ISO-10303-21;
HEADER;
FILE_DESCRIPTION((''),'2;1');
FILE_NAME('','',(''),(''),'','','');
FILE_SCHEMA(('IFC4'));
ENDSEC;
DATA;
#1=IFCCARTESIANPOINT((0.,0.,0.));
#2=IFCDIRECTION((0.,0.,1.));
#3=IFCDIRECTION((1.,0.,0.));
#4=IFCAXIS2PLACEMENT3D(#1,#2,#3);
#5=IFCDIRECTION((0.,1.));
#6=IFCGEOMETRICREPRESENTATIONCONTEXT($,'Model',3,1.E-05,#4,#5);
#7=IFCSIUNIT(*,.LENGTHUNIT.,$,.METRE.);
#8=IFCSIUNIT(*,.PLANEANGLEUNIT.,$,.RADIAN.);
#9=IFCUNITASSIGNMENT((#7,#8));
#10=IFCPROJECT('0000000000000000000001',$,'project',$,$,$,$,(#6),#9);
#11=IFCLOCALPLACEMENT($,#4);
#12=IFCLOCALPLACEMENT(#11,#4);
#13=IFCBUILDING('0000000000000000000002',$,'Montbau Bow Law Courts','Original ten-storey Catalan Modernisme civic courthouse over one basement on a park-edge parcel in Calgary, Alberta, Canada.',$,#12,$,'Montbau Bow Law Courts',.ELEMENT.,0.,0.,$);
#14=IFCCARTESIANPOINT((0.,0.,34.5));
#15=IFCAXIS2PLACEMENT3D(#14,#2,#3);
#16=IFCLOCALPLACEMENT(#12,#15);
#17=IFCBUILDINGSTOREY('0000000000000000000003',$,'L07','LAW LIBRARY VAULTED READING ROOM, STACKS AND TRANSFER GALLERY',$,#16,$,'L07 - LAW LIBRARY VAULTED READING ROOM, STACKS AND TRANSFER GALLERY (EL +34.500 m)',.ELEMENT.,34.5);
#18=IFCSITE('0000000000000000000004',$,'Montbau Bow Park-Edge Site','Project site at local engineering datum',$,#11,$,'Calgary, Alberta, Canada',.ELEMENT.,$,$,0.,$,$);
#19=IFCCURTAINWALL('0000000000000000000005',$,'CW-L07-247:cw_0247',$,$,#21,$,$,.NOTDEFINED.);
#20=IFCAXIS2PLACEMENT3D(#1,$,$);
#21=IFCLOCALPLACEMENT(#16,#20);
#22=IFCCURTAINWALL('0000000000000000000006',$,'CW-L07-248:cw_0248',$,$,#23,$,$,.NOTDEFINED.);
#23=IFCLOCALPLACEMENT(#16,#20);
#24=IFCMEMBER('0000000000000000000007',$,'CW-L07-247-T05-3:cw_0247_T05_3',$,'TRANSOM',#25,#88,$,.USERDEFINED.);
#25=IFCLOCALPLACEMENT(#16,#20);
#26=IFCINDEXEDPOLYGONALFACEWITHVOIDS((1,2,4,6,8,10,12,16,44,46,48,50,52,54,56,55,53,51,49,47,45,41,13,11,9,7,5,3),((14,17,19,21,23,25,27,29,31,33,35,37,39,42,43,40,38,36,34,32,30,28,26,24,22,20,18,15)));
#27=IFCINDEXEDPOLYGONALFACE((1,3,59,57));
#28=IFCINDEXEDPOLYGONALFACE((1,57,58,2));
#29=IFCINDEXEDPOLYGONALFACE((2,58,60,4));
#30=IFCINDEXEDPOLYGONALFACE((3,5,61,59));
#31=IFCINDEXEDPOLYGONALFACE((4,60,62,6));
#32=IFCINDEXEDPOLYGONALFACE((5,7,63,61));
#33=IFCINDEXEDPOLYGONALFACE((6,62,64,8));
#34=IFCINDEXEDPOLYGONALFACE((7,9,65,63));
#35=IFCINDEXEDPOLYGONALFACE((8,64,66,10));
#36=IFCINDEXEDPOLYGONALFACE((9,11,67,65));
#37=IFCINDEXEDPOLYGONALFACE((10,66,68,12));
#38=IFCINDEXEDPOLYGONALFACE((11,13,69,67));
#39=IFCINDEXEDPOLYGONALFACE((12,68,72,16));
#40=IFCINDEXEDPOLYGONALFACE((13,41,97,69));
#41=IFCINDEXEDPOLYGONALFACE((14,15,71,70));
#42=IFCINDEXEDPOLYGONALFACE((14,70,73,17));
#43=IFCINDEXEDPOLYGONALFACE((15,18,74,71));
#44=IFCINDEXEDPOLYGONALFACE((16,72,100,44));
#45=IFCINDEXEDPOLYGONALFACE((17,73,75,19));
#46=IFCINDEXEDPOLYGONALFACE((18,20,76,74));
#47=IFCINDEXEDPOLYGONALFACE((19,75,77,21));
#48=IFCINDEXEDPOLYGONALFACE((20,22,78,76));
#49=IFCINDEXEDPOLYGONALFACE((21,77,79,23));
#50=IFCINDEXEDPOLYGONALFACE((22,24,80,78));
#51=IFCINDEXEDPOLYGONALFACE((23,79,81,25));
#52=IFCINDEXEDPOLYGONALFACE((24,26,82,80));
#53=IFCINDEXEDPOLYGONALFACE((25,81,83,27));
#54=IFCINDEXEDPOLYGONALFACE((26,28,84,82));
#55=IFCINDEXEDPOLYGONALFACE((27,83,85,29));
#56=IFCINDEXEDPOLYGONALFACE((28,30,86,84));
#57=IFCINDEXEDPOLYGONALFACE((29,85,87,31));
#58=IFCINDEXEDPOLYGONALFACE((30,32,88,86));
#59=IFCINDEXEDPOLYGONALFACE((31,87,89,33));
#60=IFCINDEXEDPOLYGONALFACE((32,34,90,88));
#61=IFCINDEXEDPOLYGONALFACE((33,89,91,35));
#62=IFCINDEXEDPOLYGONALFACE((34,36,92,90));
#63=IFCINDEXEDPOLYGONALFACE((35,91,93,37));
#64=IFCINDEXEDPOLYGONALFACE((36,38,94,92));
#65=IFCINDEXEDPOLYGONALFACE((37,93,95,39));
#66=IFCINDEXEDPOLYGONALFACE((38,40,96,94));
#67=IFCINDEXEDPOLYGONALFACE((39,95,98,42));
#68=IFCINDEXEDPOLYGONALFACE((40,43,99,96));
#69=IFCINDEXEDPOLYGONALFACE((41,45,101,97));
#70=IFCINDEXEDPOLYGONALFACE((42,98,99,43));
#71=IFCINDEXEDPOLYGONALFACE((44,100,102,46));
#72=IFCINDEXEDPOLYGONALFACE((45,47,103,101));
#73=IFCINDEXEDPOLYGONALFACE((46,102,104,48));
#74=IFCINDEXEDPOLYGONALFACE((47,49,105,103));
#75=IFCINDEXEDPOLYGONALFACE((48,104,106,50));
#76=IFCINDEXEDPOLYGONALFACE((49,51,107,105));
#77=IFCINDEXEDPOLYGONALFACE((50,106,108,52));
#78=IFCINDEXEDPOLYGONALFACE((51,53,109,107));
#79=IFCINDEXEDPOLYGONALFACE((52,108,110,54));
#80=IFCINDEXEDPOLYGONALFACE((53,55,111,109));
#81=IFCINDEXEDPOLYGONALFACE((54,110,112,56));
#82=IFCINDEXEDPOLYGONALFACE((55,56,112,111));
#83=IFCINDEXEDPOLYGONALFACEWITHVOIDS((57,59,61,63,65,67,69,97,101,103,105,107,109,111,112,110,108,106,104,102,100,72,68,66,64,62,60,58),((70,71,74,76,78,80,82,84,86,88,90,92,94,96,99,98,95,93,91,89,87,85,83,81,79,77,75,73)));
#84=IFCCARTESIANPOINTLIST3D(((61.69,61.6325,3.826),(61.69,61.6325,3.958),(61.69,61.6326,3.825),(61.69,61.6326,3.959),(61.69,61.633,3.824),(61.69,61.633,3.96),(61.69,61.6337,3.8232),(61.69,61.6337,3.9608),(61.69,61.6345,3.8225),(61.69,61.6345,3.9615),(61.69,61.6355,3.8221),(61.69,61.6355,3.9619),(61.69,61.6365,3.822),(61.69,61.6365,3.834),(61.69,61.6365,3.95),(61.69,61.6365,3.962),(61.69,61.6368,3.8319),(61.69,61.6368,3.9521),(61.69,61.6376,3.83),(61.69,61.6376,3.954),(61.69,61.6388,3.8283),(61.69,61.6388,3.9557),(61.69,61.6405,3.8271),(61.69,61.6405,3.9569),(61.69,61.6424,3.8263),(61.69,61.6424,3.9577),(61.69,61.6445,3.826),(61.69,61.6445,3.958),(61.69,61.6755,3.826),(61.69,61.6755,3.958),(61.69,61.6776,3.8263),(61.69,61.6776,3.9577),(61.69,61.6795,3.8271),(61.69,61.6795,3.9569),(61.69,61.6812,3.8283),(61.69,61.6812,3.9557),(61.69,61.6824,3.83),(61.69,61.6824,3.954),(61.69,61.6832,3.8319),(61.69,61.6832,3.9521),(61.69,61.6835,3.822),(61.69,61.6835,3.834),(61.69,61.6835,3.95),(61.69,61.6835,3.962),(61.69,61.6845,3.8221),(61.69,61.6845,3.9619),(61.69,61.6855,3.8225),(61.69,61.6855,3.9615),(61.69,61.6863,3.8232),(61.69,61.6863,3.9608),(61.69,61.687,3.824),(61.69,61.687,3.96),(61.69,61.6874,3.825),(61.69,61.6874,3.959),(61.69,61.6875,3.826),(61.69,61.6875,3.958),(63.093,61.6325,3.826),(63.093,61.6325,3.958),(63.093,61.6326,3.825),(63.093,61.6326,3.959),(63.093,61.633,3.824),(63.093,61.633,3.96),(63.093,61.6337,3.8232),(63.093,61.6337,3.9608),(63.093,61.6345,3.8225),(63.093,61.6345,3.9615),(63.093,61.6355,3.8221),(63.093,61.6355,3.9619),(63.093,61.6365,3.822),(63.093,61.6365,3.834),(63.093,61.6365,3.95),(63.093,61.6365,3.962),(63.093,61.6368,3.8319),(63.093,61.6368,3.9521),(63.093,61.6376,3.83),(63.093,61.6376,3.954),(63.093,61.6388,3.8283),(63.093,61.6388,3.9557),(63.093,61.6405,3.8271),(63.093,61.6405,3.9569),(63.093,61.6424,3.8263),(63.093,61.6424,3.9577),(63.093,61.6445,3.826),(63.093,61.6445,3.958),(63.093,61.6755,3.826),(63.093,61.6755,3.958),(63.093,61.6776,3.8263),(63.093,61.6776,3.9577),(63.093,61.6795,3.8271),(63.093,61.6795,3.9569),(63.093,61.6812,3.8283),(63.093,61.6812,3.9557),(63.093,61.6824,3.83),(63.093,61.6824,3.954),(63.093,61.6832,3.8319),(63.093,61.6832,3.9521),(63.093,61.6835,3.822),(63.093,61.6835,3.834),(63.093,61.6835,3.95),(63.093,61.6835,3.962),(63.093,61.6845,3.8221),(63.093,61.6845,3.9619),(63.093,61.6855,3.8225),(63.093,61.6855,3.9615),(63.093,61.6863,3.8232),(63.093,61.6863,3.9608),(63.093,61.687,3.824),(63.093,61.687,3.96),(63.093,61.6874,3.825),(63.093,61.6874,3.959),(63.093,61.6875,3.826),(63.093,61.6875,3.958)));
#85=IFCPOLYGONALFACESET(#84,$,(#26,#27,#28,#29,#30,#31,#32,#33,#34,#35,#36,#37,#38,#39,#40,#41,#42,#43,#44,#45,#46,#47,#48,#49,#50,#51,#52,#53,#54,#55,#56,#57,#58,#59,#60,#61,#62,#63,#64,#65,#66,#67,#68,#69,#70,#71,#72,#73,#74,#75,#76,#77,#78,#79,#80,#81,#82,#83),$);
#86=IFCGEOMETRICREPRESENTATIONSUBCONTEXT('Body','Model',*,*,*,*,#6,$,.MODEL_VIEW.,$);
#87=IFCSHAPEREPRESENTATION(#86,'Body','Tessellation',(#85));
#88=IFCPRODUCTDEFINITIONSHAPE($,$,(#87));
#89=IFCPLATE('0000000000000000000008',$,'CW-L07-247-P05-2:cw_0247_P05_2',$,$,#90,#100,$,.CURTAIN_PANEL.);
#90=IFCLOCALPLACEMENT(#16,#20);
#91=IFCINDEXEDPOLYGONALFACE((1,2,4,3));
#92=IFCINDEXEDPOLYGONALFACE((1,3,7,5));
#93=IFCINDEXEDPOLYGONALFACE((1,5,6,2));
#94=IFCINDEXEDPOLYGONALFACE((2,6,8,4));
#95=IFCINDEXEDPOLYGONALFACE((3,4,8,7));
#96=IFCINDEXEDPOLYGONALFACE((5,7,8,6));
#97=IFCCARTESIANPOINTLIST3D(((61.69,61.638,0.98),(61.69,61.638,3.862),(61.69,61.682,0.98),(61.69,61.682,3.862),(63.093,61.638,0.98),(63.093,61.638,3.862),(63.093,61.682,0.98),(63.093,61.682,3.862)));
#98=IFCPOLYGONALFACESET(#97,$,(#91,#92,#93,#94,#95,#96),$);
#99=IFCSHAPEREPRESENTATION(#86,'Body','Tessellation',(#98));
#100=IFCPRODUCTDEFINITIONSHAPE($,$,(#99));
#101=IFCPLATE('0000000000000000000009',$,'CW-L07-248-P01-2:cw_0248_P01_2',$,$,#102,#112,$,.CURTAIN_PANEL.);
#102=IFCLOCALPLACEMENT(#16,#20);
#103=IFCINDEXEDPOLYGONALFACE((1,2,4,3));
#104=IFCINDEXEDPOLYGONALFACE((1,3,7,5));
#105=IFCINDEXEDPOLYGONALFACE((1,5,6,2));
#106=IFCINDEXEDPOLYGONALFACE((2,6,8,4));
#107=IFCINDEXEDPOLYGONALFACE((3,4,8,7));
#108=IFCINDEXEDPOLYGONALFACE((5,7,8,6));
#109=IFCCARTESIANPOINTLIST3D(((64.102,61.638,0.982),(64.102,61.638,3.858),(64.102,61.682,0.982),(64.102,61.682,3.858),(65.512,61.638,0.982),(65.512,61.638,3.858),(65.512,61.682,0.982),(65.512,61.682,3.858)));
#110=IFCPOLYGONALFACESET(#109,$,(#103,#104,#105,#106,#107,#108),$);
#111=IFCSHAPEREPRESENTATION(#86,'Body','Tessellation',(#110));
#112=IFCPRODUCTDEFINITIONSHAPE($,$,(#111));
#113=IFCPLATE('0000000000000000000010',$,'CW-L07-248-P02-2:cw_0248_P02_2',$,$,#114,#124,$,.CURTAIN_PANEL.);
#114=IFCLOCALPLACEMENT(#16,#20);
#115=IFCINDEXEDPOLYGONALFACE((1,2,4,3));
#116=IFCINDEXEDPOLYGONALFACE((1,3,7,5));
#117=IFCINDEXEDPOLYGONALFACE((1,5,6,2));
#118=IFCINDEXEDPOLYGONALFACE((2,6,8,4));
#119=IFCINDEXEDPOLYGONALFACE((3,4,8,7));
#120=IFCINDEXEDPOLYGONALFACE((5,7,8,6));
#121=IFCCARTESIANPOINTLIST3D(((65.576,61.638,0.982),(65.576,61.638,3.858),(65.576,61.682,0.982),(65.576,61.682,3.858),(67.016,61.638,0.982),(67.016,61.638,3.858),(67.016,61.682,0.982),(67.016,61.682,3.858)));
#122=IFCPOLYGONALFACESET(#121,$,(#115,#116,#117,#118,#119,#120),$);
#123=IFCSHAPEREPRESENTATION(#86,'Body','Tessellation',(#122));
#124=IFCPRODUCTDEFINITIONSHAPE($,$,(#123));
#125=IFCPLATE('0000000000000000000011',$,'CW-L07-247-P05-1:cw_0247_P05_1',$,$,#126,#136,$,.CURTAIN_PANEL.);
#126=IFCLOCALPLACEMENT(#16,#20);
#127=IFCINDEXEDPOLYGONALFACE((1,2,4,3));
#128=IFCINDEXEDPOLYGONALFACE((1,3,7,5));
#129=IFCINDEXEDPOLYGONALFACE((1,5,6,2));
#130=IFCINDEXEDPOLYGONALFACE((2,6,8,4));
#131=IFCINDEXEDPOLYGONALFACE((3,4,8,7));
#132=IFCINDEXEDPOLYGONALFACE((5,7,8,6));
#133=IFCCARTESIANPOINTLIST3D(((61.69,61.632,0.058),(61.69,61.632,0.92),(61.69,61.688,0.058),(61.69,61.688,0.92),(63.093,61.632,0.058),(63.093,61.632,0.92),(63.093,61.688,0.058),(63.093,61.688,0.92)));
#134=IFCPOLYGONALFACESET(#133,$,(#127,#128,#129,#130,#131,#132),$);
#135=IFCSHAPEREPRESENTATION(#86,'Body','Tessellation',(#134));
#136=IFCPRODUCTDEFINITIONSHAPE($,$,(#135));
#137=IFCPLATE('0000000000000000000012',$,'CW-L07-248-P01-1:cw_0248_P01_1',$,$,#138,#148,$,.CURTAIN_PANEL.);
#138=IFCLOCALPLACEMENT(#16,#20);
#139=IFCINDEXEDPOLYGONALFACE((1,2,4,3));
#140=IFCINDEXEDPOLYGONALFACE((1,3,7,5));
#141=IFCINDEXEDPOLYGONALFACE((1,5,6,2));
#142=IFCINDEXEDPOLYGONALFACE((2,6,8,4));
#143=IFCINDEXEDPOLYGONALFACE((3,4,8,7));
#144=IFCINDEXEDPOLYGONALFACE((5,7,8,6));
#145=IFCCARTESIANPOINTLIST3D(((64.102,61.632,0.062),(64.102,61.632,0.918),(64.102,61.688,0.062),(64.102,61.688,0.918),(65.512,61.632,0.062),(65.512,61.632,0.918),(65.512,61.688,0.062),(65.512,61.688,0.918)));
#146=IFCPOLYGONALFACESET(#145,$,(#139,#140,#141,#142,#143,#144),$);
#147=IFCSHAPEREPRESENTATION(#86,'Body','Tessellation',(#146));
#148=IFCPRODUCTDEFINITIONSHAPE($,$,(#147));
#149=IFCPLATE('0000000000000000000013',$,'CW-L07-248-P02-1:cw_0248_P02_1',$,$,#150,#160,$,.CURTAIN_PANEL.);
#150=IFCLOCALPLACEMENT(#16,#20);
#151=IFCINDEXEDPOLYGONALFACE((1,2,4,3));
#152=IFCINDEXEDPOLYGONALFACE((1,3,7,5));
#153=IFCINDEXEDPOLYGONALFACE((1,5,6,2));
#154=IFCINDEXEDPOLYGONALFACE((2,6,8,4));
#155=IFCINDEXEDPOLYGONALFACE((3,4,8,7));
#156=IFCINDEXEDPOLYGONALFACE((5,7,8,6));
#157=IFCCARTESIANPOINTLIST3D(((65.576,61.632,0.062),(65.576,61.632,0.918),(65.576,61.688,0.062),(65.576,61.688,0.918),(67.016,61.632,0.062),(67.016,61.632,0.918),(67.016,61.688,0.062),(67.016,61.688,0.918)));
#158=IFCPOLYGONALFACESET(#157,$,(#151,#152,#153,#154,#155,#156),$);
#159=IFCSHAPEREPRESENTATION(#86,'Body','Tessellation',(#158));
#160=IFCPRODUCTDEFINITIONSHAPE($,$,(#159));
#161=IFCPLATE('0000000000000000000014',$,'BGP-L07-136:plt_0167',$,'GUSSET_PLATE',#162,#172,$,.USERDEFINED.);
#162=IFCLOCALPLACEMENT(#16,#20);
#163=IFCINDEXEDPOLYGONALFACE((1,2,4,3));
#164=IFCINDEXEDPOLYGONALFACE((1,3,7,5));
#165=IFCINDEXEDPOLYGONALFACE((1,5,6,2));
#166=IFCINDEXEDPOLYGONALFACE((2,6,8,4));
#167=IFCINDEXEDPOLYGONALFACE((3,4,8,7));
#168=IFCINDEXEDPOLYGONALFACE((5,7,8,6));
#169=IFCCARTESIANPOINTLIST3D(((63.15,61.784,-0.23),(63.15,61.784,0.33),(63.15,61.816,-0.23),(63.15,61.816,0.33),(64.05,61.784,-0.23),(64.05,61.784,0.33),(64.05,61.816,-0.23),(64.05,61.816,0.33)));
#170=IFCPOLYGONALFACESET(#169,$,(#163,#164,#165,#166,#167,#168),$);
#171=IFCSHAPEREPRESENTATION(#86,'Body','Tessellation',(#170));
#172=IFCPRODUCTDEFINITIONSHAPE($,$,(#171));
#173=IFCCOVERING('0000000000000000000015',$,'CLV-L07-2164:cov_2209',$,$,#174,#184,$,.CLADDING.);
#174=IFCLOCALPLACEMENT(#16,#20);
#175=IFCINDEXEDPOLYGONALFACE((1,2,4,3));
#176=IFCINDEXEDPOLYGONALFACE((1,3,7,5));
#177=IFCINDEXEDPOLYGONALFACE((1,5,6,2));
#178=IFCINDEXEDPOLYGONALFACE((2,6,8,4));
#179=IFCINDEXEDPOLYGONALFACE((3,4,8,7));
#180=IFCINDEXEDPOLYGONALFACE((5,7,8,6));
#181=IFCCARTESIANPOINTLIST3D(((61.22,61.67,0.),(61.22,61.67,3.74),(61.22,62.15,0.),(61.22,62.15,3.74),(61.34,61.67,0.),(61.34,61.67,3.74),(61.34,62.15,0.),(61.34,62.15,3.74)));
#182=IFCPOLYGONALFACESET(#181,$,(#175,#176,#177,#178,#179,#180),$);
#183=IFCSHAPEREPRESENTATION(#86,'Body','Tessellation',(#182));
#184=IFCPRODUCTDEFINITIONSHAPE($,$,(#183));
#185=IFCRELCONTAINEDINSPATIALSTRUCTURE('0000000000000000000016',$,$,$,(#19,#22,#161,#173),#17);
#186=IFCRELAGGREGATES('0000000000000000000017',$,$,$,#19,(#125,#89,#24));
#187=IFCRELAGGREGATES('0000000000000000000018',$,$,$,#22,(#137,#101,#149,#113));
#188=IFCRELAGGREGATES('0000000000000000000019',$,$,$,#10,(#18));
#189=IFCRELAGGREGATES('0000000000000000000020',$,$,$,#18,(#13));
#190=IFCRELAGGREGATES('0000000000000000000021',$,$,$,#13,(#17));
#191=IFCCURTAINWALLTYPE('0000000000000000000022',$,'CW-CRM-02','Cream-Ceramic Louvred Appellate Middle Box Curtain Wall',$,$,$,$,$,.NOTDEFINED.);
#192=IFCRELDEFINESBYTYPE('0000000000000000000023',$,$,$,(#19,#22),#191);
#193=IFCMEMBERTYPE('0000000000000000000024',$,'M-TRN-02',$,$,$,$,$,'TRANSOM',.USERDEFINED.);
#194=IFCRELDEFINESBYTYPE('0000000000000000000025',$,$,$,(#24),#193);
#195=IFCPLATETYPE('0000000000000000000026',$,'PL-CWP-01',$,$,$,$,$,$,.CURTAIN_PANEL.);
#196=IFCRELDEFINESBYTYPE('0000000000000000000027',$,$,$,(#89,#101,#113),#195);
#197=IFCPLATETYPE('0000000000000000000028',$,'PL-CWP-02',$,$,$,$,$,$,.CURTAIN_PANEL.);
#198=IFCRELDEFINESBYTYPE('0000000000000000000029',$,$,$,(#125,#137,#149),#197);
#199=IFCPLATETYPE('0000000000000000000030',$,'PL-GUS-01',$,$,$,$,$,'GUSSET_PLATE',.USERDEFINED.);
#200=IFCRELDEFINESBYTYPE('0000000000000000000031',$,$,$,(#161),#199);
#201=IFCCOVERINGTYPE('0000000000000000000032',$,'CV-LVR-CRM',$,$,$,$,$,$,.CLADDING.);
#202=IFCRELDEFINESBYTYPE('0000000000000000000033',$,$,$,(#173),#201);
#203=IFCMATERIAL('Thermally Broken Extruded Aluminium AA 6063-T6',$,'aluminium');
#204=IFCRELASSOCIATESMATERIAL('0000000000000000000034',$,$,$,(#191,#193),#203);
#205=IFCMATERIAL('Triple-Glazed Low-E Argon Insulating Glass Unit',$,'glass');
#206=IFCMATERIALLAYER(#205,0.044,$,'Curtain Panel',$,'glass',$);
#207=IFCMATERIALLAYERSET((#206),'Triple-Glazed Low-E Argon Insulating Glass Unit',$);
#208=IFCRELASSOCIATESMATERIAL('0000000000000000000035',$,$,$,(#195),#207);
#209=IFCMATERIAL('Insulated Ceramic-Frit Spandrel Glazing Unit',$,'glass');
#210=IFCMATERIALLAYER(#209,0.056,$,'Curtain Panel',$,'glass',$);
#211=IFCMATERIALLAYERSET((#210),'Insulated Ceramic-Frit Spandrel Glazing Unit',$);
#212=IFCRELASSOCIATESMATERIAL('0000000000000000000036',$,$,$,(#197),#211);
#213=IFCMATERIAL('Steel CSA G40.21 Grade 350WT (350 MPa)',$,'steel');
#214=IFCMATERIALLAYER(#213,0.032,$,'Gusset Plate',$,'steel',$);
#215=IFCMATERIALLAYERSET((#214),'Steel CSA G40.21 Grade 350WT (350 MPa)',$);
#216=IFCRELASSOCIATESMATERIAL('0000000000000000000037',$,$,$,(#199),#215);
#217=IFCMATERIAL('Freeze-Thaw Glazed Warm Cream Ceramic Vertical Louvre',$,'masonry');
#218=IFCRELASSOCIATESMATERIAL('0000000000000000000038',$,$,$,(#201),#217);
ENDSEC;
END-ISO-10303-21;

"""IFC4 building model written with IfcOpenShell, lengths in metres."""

from ifc_helpers import new_model, si_unit, direction, frame, frame_2d, origin_with_axes, origin_2d_with_axis, place, context, subcontext, project, spatial, rectangle, hollow_rectangle, extrude, material, layer, layer_set, material_profile, profile_set, type_object, element, aggregate, save


model = new_model("IFC4")

# Units and contexts
model_context = context("Model", 3, precision=1e-05, world=origin_with_axes(), true_north=direction((0.0, 1.0)))
body_context = subcontext(model_context, "Body", "Model", "MODEL_VIEW")
ifc_project = project(units=[si_unit("LENGTHUNIT", "METRE"), si_unit("PLANEANGLEUNIT", "RADIAN")], contexts=[model_context])

# Site, building, storey
site_placement = place(None, origin_with_axes())
site = spatial("IfcSite", under=ifc_project, at=site_placement, Name="Montbau Bow Park-Edge Site", Description="Project site at local engineering datum", LongName="Calgary, Alberta, Canada", CompositionType="ELEMENT", RefElevation=0.0)
building_placement = place(site_placement, origin_with_axes())
building = spatial("IfcBuilding", under=site, at=building_placement, Name="Montbau Bow Law Courts", Description="Original ten-storey Catalan Modernisme civic courthouse over one basement on a park-edge parcel in Calgary, Alberta, Canada.", LongName="Montbau Bow Law Courts", CompositionType="ELEMENT", ElevationOfRefHeight=0.0, ElevationOfTerrain=0.0)
storey_placement = place(building_placement, frame((0.0, 0.0, 34.5), z_axis=(0.0, 0.0, 1.0), x_axis=(1.0, 0.0, 0.0)))
storey = spatial("IfcBuildingStorey", under=building, at=storey_placement, Name="L07", Description="LAW LIBRARY VAULTED READING ROOM, STACKS AND TRANSFER GALLERY", LongName="L07 - LAW LIBRARY VAULTED READING ROOM, STACKS AND TRANSFER GALLERY (EL +34.500 m)", CompositionType="ELEMENT", Elevation=34.5)

# Shared definitions
ifc_material_1 = material(Name="Steel CSA G40.21 Grade 350WT (350 MPa)", Category="steel")

# Curtain walls
ifc_material_2 = material(Name="Thermally Broken Extruded Aluminium AA 6063-T6", Category="aluminium")
curtain_wall_type = type_object("IfcCurtainWallType", Name="CW-CRM-02", Description="Cream-Ceramic Louvred Appellate Middle Box Curtain Wall", PredefinedType="NOTDEFINED", material=ifc_material_2)
curtain_wall_1_placement = place(None, frame((55.64, 61.66, 34.5), z_axis=(0.0, 0.0, 1.0), x_axis=(1.0, 0.0, 0.0)))
curtain_wall_1 = element("IfcCurtainWall", 1, at=curtain_wall_1_placement, inside=storey, type_object=curtain_wall_type, Name="CW-L07-247:cw_0247", PredefinedType="NOTDEFINED")
curtain_wall_2_placement = place(None, frame((64.04, 61.66, 34.5), z_axis=(0.0, 0.0, 1.0), x_axis=(1.0, 0.0, 0.0)))
curtain_wall_2 = element("IfcCurtainWall", 2, at=curtain_wall_2_placement, inside=storey, type_object=curtain_wall_type, Name="CW-L07-248:cw_0248", PredefinedType="NOTDEFINED")

# Member
ifc_material_profile_1 = material_profile(ifc_material_2, hollow_rectangle(XDim=0.055, YDim=0.14, WallThickness=0.004, InnerFilletRadius=0.008, OuterFilletRadius=0.004, at=origin_2d_with_axis()), Name="CWT-140X55", Category="Main", Priority=0)
ifc_profile_set_1 = profile_set([ifc_material_profile_1], Name="Thermally Broken Extruded Aluminium AA 6063-T6")
member_type_1 = type_object("IfcMemberType", Name="M-TRN-02", ElementType="TRANSOM", PredefinedType="USERDEFINED", material=ifc_profile_set_1)
member_1_placement = place(None, frame((61.69, 61.66, 38.392), z_axis=(1.0, 0.0, 0.0), x_axis=(0.0, 1.0, 0.0)))
member_1 = element("IfcMember", 3, at=member_1_placement, type_object=member_type_1, Name="CW-L07-247-T05-3:cw_0247_T05_3", ObjectType="TRANSOM", PredefinedType="USERDEFINED", context=body_context, shape_type="SweptSolid", body=[
    extrude(hollow_rectangle(XDim=0.055, YDim=0.14, WallThickness=0.004, InnerFilletRadius=0.008, OuterFilletRadius=0.004, at=origin_2d_with_axis()), origin_with_axes(), (0.0, 0.0, 1.0), 1.403),
])

# Plates
ifc_material_3 = material(Name="Triple-Glazed Low-E Argon Insulating Glass Unit", Category="glass")
ifc_layer_1 = layer(ifc_material_3, 0.044, Name="Curtain Panel", Category="glass")
ifc_layer_set_1 = layer_set([ifc_layer_1], Name="Triple-Glazed Low-E Argon Insulating Glass Unit")
plate_type_1 = type_object("IfcPlateType", Name="PL-CWP-01", PredefinedType="CURTAIN_PANEL", material=ifc_layer_set_1)
plate_1_placement = place(None, frame((61.69, 61.66, 35.48), z_axis=(0.0, -1.0, 0.0), x_axis=(1.0, 0.0, 0.0)))
plate_1 = element("IfcPlate", 4, at=plate_1_placement, type_object=plate_type_1, Name="CW-L07-247-P05-2:cw_0247_P05_2", PredefinedType="CURTAIN_PANEL", context=body_context, shape_type="SweptSolid", body=[
    extrude(rectangle(XDim=1.403, YDim=2.882, at=frame_2d((0.7015, 1.441), x_axis=(1.0, 0.0))), frame((0.0, 0.0, -0.022), z_axis=(0.0, 0.0, 1.0), x_axis=(1.0, 0.0, 0.0)), (0.0, 0.0, 1.0), 0.044),
])
plate_2_placement = place(None, frame((64.102, 61.66, 35.482), z_axis=(0.0, -1.0, 0.0), x_axis=(1.0, 0.0, 0.0)))
plate_2 = element("IfcPlate", 5, at=plate_2_placement, type_object=plate_type_1, Name="CW-L07-248-P01-2:cw_0248_P01_2", PredefinedType="CURTAIN_PANEL", context=body_context, shape_type="SweptSolid", body=[
    extrude(rectangle(XDim=1.41, YDim=2.876, at=frame_2d((0.705, 1.438), x_axis=(1.0, 0.0))), frame((0.0, 0.0, -0.022), z_axis=(0.0, 0.0, 1.0), x_axis=(1.0, 0.0, 0.0)), (0.0, 0.0, 1.0), 0.044),
])
plate_3_placement = place(None, frame((65.576, 61.66, 35.482), z_axis=(0.0, -1.0, 0.0), x_axis=(1.0, 0.0, 0.0)))
plate_3 = element("IfcPlate", 6, at=plate_3_placement, type_object=plate_type_1, Name="CW-L07-248-P02-2:cw_0248_P02_2", PredefinedType="CURTAIN_PANEL", context=body_context, shape_type="SweptSolid", body=[
    extrude(rectangle(XDim=1.44, YDim=2.876, at=frame_2d((0.72, 1.438), x_axis=(1.0, 0.0))), frame((0.0, 0.0, -0.022), z_axis=(0.0, 0.0, 1.0), x_axis=(1.0, 0.0, 0.0)), (0.0, 0.0, 1.0), 0.044),
])
ifc_material_4 = material(Name="Insulated Ceramic-Frit Spandrel Glazing Unit", Category="glass")
ifc_layer_2 = layer(ifc_material_4, 0.056, Name="Curtain Panel", Category="glass")
ifc_layer_set_2 = layer_set([ifc_layer_2], Name="Insulated Ceramic-Frit Spandrel Glazing Unit")
plate_type_2 = type_object("IfcPlateType", Name="PL-CWP-02", PredefinedType="CURTAIN_PANEL", material=ifc_layer_set_2)
plate_4_placement = place(None, frame((61.69, 61.66, 34.558), z_axis=(0.0, -1.0, 0.0), x_axis=(1.0, 0.0, 0.0)))
plate_4 = element("IfcPlate", 7, at=plate_4_placement, type_object=plate_type_2, Name="CW-L07-247-P05-1:cw_0247_P05_1", PredefinedType="CURTAIN_PANEL", context=body_context, shape_type="SweptSolid", body=[
    extrude(rectangle(XDim=1.403, YDim=0.862, at=frame_2d((0.7015, 0.431), x_axis=(1.0, 0.0))), frame((0.0, 0.0, -0.028), z_axis=(0.0, 0.0, 1.0), x_axis=(1.0, 0.0, 0.0)), (0.0, 0.0, 1.0), 0.056),
])
aggregate(curtain_wall_1, [plate_4, plate_1, member_1])
plate_5_placement = place(None, frame((64.102, 61.66, 34.562), z_axis=(0.0, -1.0, 0.0), x_axis=(1.0, 0.0, 0.0)))
plate_5 = element("IfcPlate", 8, at=plate_5_placement, type_object=plate_type_2, Name="CW-L07-248-P01-1:cw_0248_P01_1", PredefinedType="CURTAIN_PANEL", context=body_context, shape_type="SweptSolid", body=[
    extrude(rectangle(XDim=1.41, YDim=0.856, at=frame_2d((0.705, 0.428), x_axis=(1.0, 0.0))), frame((0.0, 0.0, -0.028), z_axis=(0.0, 0.0, 1.0), x_axis=(1.0, 0.0, 0.0)), (0.0, 0.0, 1.0), 0.056),
])
plate_6_placement = place(None, frame((65.576, 61.66, 34.562), z_axis=(0.0, -1.0, 0.0), x_axis=(1.0, 0.0, 0.0)))
plate_6 = element("IfcPlate", 9, at=plate_6_placement, type_object=plate_type_2, Name="CW-L07-248-P02-1:cw_0248_P02_1", PredefinedType="CURTAIN_PANEL", context=body_context, shape_type="SweptSolid", body=[
    extrude(rectangle(XDim=1.44, YDim=0.856, at=frame_2d((0.72, 0.428), x_axis=(1.0, 0.0))), frame((0.0, 0.0, -0.028), z_axis=(0.0, 0.0, 1.0), x_axis=(1.0, 0.0, 0.0)), (0.0, 0.0, 1.0), 0.056),
])
aggregate(curtain_wall_2, [plate_5, plate_2, plate_6, plate_3])
ifc_layer_3 = layer(ifc_material_1, 0.032, Name="Gusset Plate", Category="steel")
ifc_layer_set_3 = layer_set([ifc_layer_3], Name="Steel CSA G40.21 Grade 350WT (350 MPa)")
plate_type_3 = type_object("IfcPlateType", Name="PL-GUS-01", ElementType="GUSSET_PLATE", PredefinedType="USERDEFINED", material=ifc_layer_set_3)
plate_7_placement = place(None, frame((63.6, 61.8, 34.27), z_axis=(0.0, 0.0, 1.0), x_axis=(1.0, 0.0, 0.0)))
element("IfcPlate", 10, at=plate_7_placement, inside=storey, type_object=plate_type_3, Name="BGP-L07-136:plt_0167", ObjectType="GUSSET_PLATE", PredefinedType="USERDEFINED", context=body_context, shape_type="SweptSolid", body=[
    extrude(rectangle(XDim=0.9, YDim=0.032, at=origin_2d_with_axis()), origin_with_axes(), (0.0, 0.0, 1.0), 0.56),
])

# Covering
ifc_material_5 = material(Name="Freeze-Thaw Glazed Warm Cream Ceramic Vertical Louvre", Category="masonry")
covering_type = type_object("IfcCoveringType", Name="CV-LVR-CRM", PredefinedType="CLADDING", material=ifc_material_5)
for number, where, z_axis, x_axis, name in (
    (11, (61.28, 61.67, 34.5), (1.0, 0.0, 0.0), (0.0, 1.0, 0.0), "CLV-L07-2164:cov_2209"),
):
    element("IfcCovering", number, at=place(None, frame(where, z_axis=z_axis, x_axis=x_axis)), inside=storey, type_object=covering_type, Name=name, PredefinedType="CLADDING", context=body_context, shape_type="SweptSolid", body=[
        extrude(rectangle(XDim=0.48, YDim=3.74, at=frame_2d((0.24, 1.87), x_axis=(1.0, 0.0))), frame((0.0, 0.0, -0.06), z_axis=(0.0, 0.0, 1.0), x_axis=(1.0, 0.0, 0.0)), (0.0, 0.0, 1.0), 0.12),
    ])

save(model, "model.ifc")
